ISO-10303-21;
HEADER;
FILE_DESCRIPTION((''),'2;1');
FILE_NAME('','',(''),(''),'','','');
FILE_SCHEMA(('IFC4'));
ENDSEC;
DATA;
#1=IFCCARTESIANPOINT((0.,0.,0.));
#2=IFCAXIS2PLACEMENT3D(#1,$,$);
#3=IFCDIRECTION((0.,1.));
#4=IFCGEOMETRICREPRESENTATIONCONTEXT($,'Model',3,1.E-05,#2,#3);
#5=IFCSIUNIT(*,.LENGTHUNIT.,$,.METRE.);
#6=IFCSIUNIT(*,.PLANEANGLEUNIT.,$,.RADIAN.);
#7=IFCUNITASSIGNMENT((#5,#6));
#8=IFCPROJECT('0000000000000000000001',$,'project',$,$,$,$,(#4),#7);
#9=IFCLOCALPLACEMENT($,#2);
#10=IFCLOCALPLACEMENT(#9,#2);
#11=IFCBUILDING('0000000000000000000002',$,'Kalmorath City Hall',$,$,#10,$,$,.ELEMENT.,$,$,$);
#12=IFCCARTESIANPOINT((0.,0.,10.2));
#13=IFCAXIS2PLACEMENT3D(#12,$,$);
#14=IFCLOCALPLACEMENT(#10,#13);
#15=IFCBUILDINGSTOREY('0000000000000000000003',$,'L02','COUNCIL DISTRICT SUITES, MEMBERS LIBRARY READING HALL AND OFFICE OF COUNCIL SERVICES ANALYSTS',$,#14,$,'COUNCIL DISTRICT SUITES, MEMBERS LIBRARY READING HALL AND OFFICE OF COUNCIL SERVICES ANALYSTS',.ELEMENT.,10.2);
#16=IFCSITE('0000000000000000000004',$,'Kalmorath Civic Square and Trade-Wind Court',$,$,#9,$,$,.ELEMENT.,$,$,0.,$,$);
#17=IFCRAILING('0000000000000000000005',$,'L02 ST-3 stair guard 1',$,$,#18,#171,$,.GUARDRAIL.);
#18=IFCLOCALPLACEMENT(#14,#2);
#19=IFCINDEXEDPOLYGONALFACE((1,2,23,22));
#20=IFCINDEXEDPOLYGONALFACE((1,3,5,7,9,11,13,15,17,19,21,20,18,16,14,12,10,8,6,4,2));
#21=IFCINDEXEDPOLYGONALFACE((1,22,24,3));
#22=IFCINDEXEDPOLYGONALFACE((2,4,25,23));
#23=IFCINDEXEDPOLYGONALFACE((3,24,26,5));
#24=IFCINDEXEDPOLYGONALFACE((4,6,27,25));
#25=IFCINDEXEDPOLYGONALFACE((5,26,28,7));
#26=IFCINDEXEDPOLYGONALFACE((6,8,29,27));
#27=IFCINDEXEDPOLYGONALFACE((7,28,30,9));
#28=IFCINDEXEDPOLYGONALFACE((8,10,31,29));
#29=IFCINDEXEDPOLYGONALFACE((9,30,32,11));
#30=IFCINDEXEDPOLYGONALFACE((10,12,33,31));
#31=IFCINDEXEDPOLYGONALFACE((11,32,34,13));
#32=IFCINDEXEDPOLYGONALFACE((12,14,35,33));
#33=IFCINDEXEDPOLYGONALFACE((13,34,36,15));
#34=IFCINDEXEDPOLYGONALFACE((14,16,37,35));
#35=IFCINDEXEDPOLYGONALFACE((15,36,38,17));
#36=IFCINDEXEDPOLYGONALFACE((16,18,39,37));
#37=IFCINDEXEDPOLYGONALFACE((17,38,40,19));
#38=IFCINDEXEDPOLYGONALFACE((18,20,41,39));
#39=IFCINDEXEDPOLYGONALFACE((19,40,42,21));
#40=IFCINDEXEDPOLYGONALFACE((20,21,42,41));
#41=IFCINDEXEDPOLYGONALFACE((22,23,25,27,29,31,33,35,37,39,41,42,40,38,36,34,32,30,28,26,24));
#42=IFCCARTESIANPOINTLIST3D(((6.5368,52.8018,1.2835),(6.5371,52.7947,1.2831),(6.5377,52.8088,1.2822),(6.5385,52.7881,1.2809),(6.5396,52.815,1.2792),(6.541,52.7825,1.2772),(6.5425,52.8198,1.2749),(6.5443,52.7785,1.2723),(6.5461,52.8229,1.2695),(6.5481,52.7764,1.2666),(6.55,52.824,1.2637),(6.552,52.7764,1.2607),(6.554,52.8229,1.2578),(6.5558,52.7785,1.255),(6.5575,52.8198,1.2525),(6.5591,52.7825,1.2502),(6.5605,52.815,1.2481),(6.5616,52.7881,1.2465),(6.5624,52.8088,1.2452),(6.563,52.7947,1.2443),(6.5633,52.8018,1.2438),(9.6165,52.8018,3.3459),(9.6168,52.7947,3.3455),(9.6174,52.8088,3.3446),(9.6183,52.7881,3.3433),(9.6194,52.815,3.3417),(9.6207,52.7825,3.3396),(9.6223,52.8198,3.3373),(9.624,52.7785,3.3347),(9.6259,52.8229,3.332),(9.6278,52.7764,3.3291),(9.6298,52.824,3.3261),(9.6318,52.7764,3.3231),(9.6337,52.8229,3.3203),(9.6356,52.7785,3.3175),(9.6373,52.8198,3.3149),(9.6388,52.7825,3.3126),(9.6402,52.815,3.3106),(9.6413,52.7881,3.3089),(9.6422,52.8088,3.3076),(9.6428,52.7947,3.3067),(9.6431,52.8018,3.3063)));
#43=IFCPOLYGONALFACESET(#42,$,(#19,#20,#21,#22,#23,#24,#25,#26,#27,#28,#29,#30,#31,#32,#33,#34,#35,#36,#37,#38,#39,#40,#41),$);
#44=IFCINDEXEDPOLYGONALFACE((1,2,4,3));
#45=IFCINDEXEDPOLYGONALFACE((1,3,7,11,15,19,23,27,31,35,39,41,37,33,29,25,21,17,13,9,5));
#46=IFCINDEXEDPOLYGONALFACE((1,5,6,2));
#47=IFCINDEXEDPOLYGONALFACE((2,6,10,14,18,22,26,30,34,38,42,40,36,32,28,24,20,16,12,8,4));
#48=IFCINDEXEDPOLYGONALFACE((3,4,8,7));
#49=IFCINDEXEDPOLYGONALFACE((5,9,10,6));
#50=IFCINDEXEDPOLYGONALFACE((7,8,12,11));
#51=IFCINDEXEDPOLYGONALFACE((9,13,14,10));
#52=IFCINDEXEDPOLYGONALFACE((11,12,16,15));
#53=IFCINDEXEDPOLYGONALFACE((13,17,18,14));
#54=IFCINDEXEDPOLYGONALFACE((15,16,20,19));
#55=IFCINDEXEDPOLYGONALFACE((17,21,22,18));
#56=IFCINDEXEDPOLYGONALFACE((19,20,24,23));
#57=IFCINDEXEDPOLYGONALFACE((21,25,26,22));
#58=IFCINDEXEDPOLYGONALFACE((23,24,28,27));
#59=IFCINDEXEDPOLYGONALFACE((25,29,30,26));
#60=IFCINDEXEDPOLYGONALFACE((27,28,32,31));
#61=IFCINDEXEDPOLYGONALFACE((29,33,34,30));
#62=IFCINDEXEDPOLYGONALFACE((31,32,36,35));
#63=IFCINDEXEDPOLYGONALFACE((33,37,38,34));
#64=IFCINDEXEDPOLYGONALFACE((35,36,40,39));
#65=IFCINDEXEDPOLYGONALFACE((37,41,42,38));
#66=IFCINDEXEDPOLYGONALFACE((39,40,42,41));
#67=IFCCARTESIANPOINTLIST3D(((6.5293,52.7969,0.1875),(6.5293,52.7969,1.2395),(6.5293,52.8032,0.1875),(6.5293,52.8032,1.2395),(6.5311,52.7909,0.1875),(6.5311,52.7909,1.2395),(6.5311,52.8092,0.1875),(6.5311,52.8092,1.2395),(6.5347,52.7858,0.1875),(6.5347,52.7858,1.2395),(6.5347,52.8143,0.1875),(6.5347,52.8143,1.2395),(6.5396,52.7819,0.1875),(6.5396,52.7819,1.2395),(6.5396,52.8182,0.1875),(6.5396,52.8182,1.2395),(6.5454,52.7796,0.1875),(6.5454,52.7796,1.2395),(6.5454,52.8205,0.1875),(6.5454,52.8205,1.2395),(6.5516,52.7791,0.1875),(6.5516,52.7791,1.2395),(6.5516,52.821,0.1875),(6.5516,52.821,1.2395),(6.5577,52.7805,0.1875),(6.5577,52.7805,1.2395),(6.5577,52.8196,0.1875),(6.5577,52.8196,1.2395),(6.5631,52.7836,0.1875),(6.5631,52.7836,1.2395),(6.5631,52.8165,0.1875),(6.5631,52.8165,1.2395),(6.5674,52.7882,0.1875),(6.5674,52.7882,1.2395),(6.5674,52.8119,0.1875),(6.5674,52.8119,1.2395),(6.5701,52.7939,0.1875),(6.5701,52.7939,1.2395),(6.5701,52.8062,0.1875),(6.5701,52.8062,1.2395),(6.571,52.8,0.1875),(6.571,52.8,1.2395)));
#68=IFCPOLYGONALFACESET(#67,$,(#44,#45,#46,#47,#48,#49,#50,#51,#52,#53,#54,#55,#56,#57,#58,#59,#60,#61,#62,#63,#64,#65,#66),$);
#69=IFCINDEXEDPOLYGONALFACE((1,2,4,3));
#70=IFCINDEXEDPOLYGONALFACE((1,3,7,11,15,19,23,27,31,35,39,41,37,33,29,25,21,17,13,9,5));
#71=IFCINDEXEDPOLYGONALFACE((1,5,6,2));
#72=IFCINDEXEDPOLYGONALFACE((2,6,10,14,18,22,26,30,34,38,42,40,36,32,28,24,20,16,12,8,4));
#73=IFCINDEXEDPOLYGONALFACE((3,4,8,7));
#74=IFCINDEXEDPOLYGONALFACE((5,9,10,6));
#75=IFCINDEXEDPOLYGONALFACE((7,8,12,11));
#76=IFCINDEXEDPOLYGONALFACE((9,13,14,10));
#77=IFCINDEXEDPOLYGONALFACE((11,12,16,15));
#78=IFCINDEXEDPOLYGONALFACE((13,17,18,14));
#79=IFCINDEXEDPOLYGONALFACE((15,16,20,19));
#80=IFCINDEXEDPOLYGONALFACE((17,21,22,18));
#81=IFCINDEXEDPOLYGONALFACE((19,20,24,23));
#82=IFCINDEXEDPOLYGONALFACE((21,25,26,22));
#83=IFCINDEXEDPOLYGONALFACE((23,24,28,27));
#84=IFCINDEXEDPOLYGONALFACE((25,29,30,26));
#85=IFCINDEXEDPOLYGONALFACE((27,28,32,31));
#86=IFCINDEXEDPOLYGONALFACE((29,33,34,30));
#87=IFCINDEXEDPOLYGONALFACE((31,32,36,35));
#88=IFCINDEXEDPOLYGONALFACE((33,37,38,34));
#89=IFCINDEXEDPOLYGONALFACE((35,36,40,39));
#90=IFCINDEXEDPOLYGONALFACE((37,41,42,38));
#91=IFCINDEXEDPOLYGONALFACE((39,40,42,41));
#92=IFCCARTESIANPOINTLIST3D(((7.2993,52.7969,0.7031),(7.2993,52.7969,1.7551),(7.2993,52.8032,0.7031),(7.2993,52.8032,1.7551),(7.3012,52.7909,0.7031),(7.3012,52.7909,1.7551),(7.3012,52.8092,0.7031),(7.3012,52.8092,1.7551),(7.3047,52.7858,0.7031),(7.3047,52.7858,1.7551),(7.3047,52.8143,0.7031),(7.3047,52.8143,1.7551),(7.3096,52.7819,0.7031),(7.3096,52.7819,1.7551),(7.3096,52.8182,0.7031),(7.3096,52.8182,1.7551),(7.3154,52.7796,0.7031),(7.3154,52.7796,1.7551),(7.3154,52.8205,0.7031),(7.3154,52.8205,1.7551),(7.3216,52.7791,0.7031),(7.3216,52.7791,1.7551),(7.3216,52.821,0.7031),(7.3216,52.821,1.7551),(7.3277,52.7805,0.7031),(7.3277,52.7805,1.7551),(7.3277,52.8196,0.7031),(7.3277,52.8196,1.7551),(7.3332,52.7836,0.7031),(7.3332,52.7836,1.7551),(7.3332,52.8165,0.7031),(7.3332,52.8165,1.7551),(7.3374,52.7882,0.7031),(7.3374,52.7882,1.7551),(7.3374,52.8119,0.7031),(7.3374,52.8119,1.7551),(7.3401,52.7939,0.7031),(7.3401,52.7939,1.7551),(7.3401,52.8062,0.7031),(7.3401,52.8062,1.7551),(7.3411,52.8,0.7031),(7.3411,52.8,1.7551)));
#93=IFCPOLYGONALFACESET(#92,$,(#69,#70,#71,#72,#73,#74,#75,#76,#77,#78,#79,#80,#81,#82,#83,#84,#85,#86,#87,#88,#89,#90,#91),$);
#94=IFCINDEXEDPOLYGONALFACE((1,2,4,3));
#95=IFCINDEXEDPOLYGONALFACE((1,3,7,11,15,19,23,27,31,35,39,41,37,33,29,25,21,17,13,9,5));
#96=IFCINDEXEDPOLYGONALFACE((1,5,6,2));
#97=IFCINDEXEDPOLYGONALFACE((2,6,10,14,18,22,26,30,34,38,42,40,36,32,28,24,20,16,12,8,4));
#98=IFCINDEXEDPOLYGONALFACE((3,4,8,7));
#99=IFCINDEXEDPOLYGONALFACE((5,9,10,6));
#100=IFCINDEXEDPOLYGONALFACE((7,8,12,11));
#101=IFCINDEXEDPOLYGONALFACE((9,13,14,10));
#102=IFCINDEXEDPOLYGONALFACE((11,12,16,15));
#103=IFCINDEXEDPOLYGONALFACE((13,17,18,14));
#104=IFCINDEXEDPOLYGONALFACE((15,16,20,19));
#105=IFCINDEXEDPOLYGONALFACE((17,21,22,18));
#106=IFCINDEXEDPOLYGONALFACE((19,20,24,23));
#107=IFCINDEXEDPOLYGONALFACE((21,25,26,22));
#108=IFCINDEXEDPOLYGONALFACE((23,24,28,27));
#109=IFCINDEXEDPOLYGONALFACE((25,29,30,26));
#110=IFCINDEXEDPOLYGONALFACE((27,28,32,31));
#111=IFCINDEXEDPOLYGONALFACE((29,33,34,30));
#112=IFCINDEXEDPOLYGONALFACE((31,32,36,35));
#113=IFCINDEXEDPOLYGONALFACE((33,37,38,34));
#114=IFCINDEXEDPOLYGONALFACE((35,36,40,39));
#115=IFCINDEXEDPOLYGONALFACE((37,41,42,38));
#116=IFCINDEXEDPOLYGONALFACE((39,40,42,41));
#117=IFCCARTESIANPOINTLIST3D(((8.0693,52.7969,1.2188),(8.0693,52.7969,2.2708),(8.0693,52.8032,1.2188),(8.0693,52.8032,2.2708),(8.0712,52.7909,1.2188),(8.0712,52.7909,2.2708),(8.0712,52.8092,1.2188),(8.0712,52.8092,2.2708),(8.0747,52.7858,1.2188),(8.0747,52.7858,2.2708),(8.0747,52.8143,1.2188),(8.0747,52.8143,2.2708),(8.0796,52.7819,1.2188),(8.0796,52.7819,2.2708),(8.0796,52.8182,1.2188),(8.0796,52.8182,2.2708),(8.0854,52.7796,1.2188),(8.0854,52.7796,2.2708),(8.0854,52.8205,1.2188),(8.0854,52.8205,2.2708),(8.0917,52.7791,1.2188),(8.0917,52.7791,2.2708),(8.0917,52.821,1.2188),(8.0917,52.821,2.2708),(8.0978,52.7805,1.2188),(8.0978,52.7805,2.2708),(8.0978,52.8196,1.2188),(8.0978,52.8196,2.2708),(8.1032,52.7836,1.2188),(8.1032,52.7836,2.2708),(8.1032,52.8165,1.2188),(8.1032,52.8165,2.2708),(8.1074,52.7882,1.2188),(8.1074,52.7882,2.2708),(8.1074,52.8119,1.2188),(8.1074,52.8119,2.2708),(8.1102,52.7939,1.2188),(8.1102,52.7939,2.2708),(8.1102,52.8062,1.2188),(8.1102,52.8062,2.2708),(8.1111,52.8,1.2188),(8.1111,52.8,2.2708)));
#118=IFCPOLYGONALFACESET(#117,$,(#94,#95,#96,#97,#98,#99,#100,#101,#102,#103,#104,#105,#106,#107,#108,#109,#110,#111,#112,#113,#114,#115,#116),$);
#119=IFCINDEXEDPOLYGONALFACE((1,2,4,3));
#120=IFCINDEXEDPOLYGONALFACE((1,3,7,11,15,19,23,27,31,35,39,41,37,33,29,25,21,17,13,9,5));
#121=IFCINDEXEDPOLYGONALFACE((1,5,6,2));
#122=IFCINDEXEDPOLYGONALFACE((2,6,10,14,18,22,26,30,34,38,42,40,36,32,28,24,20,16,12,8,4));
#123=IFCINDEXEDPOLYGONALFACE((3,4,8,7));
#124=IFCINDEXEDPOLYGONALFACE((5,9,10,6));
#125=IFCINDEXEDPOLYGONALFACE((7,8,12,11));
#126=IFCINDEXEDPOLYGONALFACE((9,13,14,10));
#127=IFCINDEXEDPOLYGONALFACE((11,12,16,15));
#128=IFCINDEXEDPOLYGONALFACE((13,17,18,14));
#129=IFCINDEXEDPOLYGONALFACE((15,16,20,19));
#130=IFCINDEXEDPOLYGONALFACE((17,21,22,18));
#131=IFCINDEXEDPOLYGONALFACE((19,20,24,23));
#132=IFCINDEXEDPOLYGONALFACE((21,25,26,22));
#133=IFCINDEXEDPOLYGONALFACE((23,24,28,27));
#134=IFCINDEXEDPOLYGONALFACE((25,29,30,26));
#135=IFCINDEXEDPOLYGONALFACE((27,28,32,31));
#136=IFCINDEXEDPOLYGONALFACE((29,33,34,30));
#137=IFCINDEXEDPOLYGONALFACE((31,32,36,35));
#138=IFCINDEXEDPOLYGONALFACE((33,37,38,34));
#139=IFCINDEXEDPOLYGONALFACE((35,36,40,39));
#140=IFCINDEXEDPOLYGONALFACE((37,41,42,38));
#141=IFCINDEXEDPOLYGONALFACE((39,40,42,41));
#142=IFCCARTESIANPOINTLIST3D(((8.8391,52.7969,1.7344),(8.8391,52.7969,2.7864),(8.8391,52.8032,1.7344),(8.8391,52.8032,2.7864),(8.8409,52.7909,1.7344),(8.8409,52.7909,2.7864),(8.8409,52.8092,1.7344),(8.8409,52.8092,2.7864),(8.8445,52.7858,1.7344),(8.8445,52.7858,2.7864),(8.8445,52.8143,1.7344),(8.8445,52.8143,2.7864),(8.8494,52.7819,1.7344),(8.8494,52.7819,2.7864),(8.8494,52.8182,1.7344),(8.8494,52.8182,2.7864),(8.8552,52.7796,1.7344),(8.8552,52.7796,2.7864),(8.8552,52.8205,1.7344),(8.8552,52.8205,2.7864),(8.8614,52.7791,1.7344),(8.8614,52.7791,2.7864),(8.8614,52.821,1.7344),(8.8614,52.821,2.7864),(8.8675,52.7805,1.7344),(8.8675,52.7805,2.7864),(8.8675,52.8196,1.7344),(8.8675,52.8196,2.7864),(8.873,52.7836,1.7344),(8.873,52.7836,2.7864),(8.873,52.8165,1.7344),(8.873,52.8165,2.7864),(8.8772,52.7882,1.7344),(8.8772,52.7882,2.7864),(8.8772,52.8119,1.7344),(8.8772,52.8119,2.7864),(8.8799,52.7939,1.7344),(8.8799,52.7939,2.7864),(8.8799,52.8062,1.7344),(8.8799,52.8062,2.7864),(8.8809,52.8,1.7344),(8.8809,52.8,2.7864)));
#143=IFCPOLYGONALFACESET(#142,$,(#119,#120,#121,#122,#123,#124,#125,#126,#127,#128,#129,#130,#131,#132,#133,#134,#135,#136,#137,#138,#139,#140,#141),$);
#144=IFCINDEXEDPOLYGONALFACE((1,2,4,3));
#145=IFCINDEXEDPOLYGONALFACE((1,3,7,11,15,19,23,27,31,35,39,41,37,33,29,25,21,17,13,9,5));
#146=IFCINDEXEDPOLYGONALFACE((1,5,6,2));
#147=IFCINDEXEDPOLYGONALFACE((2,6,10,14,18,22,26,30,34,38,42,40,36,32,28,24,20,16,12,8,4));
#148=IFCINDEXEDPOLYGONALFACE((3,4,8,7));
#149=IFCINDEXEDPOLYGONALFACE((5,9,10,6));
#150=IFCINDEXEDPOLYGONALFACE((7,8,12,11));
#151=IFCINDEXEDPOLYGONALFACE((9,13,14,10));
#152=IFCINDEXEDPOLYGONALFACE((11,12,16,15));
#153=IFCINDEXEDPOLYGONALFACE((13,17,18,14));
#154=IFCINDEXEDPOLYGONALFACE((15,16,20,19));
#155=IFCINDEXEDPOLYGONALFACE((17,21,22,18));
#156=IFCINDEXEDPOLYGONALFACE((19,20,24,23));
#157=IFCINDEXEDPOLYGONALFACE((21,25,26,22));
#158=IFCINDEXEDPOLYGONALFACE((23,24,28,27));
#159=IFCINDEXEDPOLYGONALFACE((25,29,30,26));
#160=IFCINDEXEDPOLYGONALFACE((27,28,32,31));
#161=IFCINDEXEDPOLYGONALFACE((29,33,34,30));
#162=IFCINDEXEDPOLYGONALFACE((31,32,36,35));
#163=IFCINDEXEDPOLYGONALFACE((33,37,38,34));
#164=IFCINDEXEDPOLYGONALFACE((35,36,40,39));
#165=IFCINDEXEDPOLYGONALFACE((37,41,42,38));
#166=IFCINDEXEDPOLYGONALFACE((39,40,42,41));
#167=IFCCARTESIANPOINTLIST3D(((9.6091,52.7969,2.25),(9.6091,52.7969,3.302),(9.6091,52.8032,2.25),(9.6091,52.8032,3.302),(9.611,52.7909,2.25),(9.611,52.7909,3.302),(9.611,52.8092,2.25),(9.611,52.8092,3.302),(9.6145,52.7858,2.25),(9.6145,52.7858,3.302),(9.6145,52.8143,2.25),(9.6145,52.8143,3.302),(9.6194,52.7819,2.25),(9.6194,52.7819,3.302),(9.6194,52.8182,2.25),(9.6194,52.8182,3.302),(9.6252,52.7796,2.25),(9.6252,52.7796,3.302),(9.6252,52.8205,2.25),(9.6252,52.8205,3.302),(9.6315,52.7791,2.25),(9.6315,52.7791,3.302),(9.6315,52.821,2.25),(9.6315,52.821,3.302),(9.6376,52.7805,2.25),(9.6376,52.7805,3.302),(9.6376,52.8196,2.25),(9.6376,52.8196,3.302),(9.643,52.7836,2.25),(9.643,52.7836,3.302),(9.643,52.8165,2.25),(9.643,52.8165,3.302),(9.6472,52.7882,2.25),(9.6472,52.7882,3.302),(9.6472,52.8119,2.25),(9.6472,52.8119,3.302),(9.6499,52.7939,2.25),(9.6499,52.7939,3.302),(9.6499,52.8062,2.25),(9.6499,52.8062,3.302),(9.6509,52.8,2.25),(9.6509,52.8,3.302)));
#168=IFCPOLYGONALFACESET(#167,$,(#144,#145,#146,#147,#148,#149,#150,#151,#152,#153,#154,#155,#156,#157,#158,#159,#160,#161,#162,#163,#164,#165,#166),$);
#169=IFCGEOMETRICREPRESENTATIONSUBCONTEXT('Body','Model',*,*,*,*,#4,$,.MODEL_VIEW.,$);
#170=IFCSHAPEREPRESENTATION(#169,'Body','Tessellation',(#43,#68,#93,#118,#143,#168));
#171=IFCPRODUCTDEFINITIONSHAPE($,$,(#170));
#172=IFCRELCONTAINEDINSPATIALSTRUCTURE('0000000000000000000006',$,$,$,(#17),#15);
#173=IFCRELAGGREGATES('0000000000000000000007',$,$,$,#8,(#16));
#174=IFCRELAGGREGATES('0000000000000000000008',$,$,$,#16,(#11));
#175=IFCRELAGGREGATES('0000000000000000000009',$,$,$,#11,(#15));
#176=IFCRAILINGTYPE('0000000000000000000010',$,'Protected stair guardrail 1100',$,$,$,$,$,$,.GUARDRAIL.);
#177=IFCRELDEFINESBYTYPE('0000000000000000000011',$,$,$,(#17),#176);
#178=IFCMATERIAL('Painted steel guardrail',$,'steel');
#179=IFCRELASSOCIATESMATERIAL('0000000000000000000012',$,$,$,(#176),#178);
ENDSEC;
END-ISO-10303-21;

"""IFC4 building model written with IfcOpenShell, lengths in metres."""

from ifc_helpers import new_model, si_unit, direction, frame, origin, origin_2d, place, context, subcontext, project, spatial, circle, extrude, material, type_object, element, save


model = new_model("IFC4")

# Units and contexts
model_context = context("Model", 3, precision=1e-05, world=origin(), true_north=direction((0.0, 1.0)))
body_context = subcontext(model_context, "Body", "Model", "MODEL_VIEW")
ifc_project = project(units=[si_unit("LENGTHUNIT", "METRE"), si_unit("PLANEANGLEUNIT", "RADIAN")], contexts=[model_context])

# Site, building, storey
site_placement = place(None, origin())
site = spatial("IfcSite", under=ifc_project, at=site_placement, Name="Kalmorath Civic Square and Trade-Wind Court", CompositionType="ELEMENT", RefElevation=0.0)
building_placement = place(site_placement, origin())
building = spatial("IfcBuilding", under=site, at=building_placement, Name="Kalmorath City Hall", CompositionType="ELEMENT")
storey_placement = place(building_placement, frame((0.0, 0.0, 10.2)))
storey = spatial("IfcBuildingStorey", under=building, at=storey_placement, Name="L02", Description="COUNCIL DISTRICT SUITES, MEMBERS LIBRARY READING HALL AND OFFICE OF COUNCIL SERVICES ANALYSTS", LongName="COUNCIL DISTRICT SUITES, MEMBERS LIBRARY READING HALL AND OFFICE OF COUNCIL SERVICES ANALYSTS", CompositionType="ELEMENT", Elevation=10.2)

# Railing
ifc_material_1 = material(Name="Painted steel guardrail", Category="steel")
railing_type_1 = type_object("IfcRailingType", Name="Protected stair guardrail 1100", PredefinedType="GUARDRAIL", material=ifc_material_1)
railing_1_placement = place(storey_placement, frame((6.55, 52.8, 0.1875)))
element("IfcRailing", 1, at=railing_1_placement, inside=storey, type_object=railing_type_1, Name="L02 ST-3 stair guard 1", PredefinedType="GUARDRAIL", context=body_context, shape_type="SweptSolid", body=[
    extrude(circle(Radius=0.0239, at=origin_2d()), frame((0.0, 0.0, 1.0762), z_axis=(0.830893, 0.0, 0.556432), x_axis=(0.0, 1.0, 0.0)), (0.0, 0.0, 1.0), 3.7065),
    extrude(circle(Radius=0.021, at=origin_2d()), origin(), (0.0, 0.0, 1.0), 1.052),
    extrude(circle(Radius=0.021, at=origin_2d()), frame((0.77, 0.0, 0.5156)), (0.0, 0.0, 1.0), 1.052),
    extrude(circle(Radius=0.021, at=origin_2d()), frame((1.54, 0.0, 1.0312)), (0.0, 0.0, 1.0), 1.052),
    extrude(circle(Radius=0.021, at=origin_2d()), frame((2.3098, 0.0, 1.5469)), (0.0, 0.0, 1.0), 1.052),
    extrude(circle(Radius=0.021, at=origin_2d()), frame((3.0798, 0.0, 2.0625)), (0.0, 0.0, 1.0), 1.052),
])

save(model, "model.ifc")
